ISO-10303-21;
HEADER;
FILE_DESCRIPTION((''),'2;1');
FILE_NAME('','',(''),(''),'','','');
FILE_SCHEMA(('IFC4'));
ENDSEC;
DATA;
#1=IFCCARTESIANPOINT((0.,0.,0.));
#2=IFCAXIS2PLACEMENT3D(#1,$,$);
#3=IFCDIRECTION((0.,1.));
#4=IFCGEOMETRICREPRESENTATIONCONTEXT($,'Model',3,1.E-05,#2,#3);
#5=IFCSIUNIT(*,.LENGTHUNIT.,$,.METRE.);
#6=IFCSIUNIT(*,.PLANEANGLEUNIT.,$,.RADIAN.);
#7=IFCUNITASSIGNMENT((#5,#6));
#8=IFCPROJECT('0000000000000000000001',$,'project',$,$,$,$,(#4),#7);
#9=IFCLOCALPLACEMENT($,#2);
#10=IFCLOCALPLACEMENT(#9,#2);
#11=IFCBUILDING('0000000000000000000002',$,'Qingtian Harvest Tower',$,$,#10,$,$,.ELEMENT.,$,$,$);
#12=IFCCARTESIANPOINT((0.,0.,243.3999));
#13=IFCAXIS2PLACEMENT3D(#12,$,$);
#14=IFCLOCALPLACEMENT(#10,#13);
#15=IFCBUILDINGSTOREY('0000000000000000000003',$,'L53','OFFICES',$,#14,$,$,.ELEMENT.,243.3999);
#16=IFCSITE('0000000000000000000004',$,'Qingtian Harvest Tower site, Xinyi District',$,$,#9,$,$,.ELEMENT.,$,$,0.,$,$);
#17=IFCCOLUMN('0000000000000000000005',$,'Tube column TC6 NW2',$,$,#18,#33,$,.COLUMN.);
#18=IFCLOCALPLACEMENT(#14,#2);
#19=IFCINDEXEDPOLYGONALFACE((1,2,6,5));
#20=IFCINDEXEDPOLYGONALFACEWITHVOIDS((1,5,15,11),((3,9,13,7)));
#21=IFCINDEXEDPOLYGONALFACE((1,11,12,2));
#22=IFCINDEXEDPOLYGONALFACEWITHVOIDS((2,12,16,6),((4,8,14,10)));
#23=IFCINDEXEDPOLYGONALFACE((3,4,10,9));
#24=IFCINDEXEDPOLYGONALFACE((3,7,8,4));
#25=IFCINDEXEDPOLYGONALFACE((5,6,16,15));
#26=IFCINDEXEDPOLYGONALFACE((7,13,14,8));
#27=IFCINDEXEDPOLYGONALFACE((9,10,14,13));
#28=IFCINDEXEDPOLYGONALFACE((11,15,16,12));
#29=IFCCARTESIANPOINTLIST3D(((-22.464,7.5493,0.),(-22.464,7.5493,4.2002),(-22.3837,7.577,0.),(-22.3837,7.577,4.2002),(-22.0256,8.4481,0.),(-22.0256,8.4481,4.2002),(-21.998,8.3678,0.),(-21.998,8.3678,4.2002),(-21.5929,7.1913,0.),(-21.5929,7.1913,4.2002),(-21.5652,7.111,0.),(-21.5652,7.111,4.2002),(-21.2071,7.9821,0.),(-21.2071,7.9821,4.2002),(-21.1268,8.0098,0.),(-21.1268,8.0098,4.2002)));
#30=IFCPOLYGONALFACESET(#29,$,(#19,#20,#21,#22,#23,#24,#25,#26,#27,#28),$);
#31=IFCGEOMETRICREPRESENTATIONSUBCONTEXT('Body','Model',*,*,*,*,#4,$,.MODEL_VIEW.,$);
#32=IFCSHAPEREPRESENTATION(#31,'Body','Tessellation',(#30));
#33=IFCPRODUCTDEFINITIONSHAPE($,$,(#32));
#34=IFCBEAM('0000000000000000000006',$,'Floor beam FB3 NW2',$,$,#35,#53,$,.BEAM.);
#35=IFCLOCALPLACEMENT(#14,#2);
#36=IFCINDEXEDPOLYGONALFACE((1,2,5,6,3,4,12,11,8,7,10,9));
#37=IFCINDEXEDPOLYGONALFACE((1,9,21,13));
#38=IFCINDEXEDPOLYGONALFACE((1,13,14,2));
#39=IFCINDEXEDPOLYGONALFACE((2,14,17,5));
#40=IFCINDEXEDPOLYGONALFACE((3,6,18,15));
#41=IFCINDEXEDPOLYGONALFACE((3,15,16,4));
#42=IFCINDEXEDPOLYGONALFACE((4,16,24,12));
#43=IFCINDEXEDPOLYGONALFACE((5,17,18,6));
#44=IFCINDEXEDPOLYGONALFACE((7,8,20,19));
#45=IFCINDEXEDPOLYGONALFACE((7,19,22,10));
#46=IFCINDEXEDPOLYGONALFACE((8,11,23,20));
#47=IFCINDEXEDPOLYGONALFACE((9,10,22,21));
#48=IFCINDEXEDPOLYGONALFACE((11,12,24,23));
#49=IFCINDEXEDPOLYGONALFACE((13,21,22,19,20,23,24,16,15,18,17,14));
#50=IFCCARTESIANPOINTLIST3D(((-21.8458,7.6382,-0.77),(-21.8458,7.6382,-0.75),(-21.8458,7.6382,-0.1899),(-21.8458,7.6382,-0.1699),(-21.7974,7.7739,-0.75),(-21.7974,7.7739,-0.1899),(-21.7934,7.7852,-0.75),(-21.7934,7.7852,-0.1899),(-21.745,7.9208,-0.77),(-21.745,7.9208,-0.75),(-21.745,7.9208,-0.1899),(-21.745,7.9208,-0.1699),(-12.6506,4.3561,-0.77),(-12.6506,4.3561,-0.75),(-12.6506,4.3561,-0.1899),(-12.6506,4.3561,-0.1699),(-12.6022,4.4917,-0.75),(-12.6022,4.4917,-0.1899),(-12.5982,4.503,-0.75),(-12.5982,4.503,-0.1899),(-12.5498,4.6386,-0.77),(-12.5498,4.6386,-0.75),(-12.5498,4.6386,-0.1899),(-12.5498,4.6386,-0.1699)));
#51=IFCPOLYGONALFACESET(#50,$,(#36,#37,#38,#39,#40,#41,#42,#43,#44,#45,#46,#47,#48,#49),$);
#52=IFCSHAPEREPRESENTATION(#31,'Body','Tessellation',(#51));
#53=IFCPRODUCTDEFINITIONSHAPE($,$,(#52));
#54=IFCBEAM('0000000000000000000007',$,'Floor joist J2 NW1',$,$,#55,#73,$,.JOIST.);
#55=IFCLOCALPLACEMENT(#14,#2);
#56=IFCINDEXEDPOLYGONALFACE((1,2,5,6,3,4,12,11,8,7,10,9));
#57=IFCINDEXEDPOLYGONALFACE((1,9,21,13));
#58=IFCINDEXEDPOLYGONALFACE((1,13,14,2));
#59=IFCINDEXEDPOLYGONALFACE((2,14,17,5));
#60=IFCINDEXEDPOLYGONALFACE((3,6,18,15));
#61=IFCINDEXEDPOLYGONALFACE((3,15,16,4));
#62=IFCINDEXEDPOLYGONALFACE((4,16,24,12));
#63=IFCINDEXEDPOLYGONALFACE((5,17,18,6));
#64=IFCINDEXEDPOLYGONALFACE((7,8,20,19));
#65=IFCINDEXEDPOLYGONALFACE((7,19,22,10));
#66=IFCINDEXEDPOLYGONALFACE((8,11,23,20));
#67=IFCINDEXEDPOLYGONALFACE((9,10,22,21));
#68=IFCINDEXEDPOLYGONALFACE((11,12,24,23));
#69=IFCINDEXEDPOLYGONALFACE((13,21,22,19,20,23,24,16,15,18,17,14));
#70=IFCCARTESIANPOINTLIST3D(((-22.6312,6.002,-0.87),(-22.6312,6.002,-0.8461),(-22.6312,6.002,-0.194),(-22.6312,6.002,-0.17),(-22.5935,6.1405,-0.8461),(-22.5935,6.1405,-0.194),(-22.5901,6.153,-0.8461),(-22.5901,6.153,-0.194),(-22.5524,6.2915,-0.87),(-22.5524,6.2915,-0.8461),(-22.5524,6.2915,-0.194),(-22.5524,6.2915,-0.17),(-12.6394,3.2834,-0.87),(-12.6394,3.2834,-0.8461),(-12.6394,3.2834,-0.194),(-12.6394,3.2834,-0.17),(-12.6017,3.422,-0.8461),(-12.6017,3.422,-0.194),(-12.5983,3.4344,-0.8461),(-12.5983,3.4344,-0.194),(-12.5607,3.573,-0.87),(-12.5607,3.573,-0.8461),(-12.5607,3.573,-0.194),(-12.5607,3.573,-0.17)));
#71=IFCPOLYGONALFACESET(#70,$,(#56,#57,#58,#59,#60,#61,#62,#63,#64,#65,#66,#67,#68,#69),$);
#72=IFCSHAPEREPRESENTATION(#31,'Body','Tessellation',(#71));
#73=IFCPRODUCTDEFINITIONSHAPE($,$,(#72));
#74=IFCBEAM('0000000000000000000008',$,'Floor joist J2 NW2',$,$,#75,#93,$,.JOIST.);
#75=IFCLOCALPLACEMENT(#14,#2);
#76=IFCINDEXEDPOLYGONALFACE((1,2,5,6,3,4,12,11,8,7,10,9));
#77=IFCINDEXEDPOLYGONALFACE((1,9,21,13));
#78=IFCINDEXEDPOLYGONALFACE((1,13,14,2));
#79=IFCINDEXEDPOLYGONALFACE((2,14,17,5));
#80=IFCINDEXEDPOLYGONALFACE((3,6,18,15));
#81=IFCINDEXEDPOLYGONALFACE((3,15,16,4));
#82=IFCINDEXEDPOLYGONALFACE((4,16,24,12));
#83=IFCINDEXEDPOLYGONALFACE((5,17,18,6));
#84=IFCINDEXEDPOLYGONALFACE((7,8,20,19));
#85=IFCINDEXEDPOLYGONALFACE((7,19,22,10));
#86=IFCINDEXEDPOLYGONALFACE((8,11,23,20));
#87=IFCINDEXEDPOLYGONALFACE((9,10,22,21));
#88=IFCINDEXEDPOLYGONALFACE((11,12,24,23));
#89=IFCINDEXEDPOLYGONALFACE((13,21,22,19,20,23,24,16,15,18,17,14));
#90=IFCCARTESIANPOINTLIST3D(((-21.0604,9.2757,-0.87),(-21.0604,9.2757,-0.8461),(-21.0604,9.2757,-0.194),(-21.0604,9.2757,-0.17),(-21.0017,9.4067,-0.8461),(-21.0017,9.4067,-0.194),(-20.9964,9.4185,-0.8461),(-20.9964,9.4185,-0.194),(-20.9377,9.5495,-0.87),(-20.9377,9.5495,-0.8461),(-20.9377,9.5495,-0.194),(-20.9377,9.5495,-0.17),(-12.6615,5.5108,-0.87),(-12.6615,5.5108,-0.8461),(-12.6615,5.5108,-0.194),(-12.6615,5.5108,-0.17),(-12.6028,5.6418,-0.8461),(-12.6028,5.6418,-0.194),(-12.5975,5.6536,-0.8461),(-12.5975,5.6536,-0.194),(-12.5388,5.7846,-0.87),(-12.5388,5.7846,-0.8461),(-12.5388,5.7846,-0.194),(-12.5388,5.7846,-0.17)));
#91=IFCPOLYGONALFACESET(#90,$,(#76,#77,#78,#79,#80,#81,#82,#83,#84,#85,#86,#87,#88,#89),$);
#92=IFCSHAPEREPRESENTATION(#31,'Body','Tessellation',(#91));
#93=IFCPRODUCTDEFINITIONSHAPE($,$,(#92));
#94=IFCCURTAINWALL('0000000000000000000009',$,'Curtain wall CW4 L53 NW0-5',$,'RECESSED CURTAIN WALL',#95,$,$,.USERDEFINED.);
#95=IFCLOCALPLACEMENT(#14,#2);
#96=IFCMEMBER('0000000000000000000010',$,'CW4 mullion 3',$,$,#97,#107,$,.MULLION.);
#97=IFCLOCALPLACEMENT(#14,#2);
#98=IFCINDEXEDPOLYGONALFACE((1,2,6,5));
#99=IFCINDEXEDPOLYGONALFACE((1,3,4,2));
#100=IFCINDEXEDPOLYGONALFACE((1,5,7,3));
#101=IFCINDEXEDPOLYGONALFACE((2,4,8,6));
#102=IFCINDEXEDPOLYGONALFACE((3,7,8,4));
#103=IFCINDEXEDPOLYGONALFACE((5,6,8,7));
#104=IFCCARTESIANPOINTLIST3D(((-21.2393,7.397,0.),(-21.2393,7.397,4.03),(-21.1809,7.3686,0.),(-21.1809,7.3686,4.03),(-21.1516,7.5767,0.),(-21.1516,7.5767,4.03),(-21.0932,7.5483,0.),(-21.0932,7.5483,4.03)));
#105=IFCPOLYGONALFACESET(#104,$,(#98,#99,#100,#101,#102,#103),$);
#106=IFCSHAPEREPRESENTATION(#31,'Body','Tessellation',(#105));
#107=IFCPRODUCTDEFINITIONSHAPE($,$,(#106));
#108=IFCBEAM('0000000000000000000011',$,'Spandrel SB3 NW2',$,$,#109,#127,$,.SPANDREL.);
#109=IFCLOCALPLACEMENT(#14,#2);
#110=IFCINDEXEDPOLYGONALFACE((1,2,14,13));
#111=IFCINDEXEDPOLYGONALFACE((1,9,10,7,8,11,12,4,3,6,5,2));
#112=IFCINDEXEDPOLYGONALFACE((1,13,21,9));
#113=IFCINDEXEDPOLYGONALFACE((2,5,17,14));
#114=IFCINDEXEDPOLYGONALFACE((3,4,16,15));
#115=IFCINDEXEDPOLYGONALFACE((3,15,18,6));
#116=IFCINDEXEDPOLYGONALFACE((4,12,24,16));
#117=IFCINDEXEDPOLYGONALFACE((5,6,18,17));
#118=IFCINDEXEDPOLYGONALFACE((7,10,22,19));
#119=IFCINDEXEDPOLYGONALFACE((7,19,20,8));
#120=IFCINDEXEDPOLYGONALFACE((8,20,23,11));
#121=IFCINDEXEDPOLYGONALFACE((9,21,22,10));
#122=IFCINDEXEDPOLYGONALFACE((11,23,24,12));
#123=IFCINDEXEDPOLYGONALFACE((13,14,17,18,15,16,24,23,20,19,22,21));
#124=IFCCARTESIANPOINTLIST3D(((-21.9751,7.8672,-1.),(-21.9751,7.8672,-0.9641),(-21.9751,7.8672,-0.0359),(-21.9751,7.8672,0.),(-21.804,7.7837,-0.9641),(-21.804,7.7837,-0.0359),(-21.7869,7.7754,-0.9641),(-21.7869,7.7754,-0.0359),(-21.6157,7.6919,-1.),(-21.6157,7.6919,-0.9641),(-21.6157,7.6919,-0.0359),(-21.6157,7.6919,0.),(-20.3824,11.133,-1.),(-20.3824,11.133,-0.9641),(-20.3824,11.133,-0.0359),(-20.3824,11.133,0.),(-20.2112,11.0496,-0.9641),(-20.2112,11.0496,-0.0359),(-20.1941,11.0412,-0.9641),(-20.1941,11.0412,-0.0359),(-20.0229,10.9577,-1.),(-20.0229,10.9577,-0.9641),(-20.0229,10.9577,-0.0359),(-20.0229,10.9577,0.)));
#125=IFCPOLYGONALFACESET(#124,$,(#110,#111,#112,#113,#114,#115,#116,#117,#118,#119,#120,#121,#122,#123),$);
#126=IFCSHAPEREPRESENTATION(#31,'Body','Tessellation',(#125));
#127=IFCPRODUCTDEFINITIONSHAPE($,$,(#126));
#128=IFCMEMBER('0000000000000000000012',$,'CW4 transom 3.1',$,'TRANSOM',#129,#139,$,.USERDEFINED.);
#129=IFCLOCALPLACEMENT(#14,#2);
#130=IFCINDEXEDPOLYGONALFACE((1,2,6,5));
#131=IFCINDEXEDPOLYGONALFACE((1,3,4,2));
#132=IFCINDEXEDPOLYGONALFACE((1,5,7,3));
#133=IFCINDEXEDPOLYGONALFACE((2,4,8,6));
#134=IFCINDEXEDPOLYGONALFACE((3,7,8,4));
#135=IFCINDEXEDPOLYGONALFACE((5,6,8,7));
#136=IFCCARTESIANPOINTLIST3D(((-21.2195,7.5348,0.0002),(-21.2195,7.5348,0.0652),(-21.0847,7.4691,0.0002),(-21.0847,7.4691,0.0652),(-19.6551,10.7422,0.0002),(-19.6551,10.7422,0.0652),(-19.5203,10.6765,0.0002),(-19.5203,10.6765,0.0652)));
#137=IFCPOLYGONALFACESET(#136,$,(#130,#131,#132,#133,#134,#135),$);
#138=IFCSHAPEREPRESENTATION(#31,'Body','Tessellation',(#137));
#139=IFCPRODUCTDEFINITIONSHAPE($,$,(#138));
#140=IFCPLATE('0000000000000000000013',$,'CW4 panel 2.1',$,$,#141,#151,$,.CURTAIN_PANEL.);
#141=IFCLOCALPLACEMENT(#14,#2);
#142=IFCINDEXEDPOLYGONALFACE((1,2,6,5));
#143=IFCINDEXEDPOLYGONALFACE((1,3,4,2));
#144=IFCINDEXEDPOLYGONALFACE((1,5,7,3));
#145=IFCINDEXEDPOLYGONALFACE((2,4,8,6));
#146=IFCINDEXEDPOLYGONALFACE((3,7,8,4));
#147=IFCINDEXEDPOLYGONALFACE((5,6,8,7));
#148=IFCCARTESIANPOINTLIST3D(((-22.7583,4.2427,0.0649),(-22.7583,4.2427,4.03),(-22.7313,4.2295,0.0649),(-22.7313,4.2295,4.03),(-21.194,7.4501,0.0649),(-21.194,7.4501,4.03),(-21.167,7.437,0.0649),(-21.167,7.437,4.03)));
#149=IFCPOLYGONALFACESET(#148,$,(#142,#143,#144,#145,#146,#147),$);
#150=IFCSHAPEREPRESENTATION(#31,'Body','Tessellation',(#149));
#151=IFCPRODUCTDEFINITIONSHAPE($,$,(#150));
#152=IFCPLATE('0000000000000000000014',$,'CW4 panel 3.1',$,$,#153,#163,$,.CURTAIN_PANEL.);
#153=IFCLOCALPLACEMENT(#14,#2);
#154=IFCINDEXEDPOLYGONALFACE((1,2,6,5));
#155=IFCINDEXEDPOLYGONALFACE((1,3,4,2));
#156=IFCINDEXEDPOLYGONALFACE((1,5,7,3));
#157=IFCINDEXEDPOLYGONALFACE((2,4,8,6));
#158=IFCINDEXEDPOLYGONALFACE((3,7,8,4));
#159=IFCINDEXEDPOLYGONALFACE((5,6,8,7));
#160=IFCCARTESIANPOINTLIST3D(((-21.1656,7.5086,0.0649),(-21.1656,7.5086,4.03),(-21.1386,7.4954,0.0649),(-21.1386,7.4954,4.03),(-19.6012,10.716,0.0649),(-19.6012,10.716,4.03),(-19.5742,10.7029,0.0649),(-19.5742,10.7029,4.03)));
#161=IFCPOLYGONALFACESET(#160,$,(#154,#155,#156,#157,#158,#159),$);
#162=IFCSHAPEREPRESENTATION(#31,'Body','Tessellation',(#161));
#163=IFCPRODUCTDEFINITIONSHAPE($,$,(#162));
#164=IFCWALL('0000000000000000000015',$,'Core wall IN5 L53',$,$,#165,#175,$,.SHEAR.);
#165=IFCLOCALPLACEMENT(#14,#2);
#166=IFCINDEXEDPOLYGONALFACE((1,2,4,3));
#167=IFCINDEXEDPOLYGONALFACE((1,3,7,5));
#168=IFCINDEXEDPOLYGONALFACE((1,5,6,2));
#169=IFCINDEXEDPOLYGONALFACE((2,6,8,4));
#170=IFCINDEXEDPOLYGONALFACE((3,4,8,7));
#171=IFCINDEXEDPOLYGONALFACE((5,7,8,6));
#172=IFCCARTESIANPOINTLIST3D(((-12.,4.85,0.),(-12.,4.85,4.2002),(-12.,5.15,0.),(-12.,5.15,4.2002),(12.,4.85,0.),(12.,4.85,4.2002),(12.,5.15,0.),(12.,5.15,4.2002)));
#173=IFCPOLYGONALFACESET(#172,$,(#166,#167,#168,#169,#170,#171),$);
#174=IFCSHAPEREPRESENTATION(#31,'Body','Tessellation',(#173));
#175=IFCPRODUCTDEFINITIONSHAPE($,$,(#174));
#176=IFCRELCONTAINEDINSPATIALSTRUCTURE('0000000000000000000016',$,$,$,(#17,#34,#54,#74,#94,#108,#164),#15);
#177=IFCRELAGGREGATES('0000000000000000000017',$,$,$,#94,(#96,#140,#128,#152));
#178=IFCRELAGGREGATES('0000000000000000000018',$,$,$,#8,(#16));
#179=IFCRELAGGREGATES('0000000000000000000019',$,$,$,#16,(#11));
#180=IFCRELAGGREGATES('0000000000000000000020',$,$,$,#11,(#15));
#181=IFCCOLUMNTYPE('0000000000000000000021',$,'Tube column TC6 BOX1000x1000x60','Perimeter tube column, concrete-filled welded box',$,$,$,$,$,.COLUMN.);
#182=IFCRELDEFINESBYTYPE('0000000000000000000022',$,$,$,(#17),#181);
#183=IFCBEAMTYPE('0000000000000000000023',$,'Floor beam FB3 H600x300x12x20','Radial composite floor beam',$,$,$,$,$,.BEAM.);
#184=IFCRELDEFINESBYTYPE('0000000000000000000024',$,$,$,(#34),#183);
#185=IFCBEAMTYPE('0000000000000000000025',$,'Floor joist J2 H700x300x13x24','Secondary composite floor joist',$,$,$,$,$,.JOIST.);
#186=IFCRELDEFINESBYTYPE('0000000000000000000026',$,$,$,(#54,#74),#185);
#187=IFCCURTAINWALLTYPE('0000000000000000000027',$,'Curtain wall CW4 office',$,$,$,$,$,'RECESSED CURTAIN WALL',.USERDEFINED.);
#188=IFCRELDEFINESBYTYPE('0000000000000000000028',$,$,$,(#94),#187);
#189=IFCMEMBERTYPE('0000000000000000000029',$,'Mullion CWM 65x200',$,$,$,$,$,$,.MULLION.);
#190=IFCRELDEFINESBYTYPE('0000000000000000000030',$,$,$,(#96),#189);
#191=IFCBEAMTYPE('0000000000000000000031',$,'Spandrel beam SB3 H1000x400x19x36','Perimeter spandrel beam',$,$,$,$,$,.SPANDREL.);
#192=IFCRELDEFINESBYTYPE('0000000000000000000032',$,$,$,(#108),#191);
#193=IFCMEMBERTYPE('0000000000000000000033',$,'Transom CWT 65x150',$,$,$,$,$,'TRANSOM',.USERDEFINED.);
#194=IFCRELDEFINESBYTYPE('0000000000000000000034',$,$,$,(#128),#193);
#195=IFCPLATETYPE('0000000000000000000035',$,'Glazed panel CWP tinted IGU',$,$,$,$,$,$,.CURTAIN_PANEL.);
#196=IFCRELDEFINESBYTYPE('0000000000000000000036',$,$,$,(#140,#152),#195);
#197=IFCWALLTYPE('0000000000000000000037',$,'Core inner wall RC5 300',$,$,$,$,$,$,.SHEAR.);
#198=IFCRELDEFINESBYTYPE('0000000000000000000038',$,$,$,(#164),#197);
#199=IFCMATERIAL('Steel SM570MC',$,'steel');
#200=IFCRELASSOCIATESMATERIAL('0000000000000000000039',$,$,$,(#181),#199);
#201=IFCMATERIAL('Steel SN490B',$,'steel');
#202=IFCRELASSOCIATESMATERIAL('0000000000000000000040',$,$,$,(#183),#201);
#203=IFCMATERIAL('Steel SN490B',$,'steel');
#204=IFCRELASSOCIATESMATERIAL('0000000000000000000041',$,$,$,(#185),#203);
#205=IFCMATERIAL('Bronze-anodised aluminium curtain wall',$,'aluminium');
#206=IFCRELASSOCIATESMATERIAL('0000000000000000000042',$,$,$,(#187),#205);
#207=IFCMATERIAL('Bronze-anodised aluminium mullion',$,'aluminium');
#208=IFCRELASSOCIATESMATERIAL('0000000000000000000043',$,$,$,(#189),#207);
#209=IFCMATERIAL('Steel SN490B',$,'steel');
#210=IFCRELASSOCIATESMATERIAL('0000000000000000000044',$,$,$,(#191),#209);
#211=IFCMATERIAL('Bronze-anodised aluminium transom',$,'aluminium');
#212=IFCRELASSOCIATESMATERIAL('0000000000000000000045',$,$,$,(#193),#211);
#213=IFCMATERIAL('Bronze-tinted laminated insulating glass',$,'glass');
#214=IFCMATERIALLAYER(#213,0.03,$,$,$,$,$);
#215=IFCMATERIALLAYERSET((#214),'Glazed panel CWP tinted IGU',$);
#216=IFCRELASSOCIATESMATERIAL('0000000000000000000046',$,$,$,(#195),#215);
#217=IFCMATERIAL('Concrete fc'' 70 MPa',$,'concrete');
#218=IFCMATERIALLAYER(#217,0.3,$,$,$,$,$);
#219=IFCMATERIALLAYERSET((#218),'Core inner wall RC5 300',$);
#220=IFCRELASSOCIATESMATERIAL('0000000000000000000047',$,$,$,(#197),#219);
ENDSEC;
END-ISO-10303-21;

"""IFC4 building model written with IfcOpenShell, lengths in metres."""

from ifc_helpers import new_model, si_unit, direction, frame, frame_2d, origin, origin_2d, place, context, subcontext, project, spatial, rectangle, hollow_rectangle, i_section, extrude, material, layer, layer_set, material_profile, profile_set, type_object, element, aggregate, save


model = new_model("IFC4")

# Units and contexts
model_context = context("Model", 3, precision=1e-05, world=origin(), true_north=direction((0.0, 1.0)))
body_context = subcontext(model_context, "Body", "Model", "MODEL_VIEW")
ifc_project = project(units=[si_unit("LENGTHUNIT", "METRE"), si_unit("PLANEANGLEUNIT", "RADIAN")], contexts=[model_context])

# Site, building, storey
site_placement = place(None, origin())
site = spatial("IfcSite", under=ifc_project, at=site_placement, Name="Qingtian Harvest Tower site, Xinyi District", CompositionType="ELEMENT", RefElevation=0.0)
building_placement = place(site_placement, origin())
building = spatial("IfcBuilding", under=site, at=building_placement, Name="Qingtian Harvest Tower", CompositionType="ELEMENT")
storey_placement = place(building_placement, frame((0.0, 0.0, 243.3999)))
storey = spatial("IfcBuildingStorey", under=building, at=storey_placement, Name="L53", Description="OFFICES", CompositionType="ELEMENT", Elevation=243.3999)

# Column
ifc_material_1 = material(Name="Steel SM570MC", Category="steel")
ifc_material_profile_1 = material_profile(ifc_material_1, hollow_rectangle(XDim=1.0, YDim=1.0, WallThickness=0.0601, at=origin_2d()), Name="BOX1000x1000x60")
ifc_profile_set_1 = profile_set([ifc_material_profile_1], Name="Steel SM570MC")
column_type = type_object("IfcColumnType", Name="Tube column TC6 BOX1000x1000x60", Description="Perimeter tube column, concrete-filled welded box", PredefinedType="COLUMN", material=ifc_profile_set_1)
column_placement = place(storey_placement, frame((-21.7954, 7.7795, 0.0), z_axis=(0.0, 0.0, 1.0), x_axis=(-0.438371, -0.898794, 0.0)))
element("IfcColumn", 1, at=column_placement, inside=storey, type_object=column_type, Name="Tube column TC6 NW2", PredefinedType="COLUMN", context=body_context, shape_type="SweptSolid", body=[
    extrude(hollow_rectangle(XDim=1.0, YDim=1.0, WallThickness=0.0601, at=origin_2d()), origin(), (0.0, 0.0, 1.0), 4.2002),
])

# Beams
ifc_material_2 = material(Name="Steel SN490B", Category="steel")
ifc_material_profile_2 = material_profile(ifc_material_2, i_section(OverallWidth=0.3, OverallDepth=0.6001, WebThickness=0.012, FlangeThickness=0.02, at=origin_2d()), Name="H600x300x12x20")
ifc_profile_set_2 = profile_set([ifc_material_profile_2], Name="Steel SN490B")
beam_type_1 = type_object("IfcBeamType", Name="Floor beam FB3 H600x300x12x20", Description="Radial composite floor beam", PredefinedType="BEAM", material=ifc_profile_set_2)
beam_1_placement = place(storey_placement, frame((-21.7954, 7.7795, -0.47), z_axis=(0.941801, -0.336172, 0.0), x_axis=(0.336172, 0.941801, 0.0)))
element("IfcBeam", 2, at=beam_1_placement, inside=storey, type_object=beam_type_1, Name="Floor beam FB3 NW2", PredefinedType="BEAM", context=body_context, shape_type="SweptSolid", body=[
    extrude(i_section(OverallWidth=0.3, OverallDepth=0.6001, WebThickness=0.012, FlangeThickness=0.02, at=origin_2d()), origin(), (0.0, 0.0, 1.0), 9.7634),
])
ifc_material_3 = material(Name="Steel SN490B", Category="steel")
ifc_material_profile_3 = material_profile(ifc_material_3, i_section(OverallWidth=0.3, OverallDepth=0.7, WebThickness=0.0129, FlangeThickness=0.0239, at=origin_2d()), Name="H700x300x13x24")
ifc_profile_set_3 = profile_set([ifc_material_profile_3], Name="Steel SN490B")
beam_type_2 = type_object("IfcBeamType", Name="Floor joist J2 H700x300x13x24", Description="Secondary composite floor joist", PredefinedType="JOIST", material=ifc_profile_set_3)
beam_2_placement = place(storey_placement, frame((-22.5918, 6.1467, -0.52), z_axis=(0.964923, -0.262533, 0.0), x_axis=(0.262533, 0.964923, 0.0)))
element("IfcBeam", 3, at=beam_2_placement, inside=storey, type_object=beam_type_2, Name="Floor joist J2 NW1", PredefinedType="JOIST", context=body_context, shape_type="SweptSolid", body=[
    extrude(i_section(OverallWidth=0.3, OverallDepth=0.7, WebThickness=0.0129, FlangeThickness=0.0239, at=origin_2d()), origin(), (0.0, 0.0, 1.0), 10.355),
])
beam_3_placement = place(storey_placement, frame((-20.999, 9.4126, -0.52), z_axis=(0.912515, -0.409043, 0.0), x_axis=(0.409043, 0.912515, 0.0)))
element("IfcBeam", 4, at=beam_3_placement, inside=storey, type_object=beam_type_2, Name="Floor joist J2 NW2", PredefinedType="JOIST", context=body_context, shape_type="SweptSolid", body=[
    extrude(i_section(OverallWidth=0.3, OverallDepth=0.7, WebThickness=0.0129, FlangeThickness=0.0239, at=origin_2d()), origin(), (0.0, 0.0, 1.0), 9.2041),
])

# Curtain wall, member
ifc_material_4 = material(Name="Bronze-anodised aluminium curtain wall", Category="aluminium")
curtain_wall_type = type_object("IfcCurtainWallType", Name="Curtain wall CW4 office", ElementType="RECESSED CURTAIN WALL", PredefinedType="USERDEFINED", material=ifc_material_4)
curtain_wall_placement = place(storey_placement, origin())
curtain_wall = element("IfcCurtainWall", 5, at=curtain_wall_placement, inside=storey, type_object=curtain_wall_type, Name="Curtain wall CW4 L53 NW0-5", ObjectType="RECESSED CURTAIN WALL", PredefinedType="USERDEFINED")
ifc_material_5 = material(Name="Bronze-anodised aluminium mullion", Category="aluminium")
ifc_material_profile_4 = material_profile(ifc_material_5, rectangle(XDim=0.0649, YDim=0.2, at=origin_2d()), Name="AL 65x200")
ifc_profile_set_4 = profile_set([ifc_material_profile_4], Name="Bronze-anodised aluminium mullion")
member_type_1 = type_object("IfcMemberType", Name="Mullion CWM 65x200", PredefinedType="MULLION", material=ifc_profile_set_4)
member_1_placement = place(storey_placement, frame((-21.1663, 7.4727, 0.0), z_axis=(0.0, 0.0, 1.0), x_axis=(-0.898794, 0.438371, 0.0)))
member_1 = element("IfcMember", 6, at=member_1_placement, type_object=member_type_1, Name="CW4 mullion 3", PredefinedType="MULLION", context=body_context, shape_type="SweptSolid", body=[
    extrude(rectangle(XDim=0.0649, YDim=0.2, at=origin_2d()), origin(), (0.0, 0.0, 1.0), 4.03),
])

# Beam
ifc_material_6 = material(Name="Steel SN490B", Category="steel")
ifc_material_profile_5 = material_profile(ifc_material_6, i_section(OverallWidth=0.3999, OverallDepth=1.0, WebThickness=0.019, FlangeThickness=0.0359, at=origin_2d()), Name="H1000x400x19x36")
ifc_profile_set_5 = profile_set([ifc_material_profile_5], Name="Steel SN490B")
beam_type_3 = type_object("IfcBeamType", Name="Spandrel beam SB3 H1000x400x19x36", Description="Perimeter spandrel beam", PredefinedType="SPANDREL", material=ifc_profile_set_5)
beam_4_placement = place(storey_placement, frame((-21.7954, 7.7795, -0.5), z_axis=(0.438349, 0.898805, 0.0), x_axis=(-0.898805, 0.438349, 0.0)))
element("IfcBeam", 7, at=beam_4_placement, inside=storey, type_object=beam_type_3, Name="Spandrel SB3 NW2", PredefinedType="SPANDREL", context=body_context, shape_type="SweptSolid", body=[
    extrude(i_section(OverallWidth=0.3999, OverallDepth=1.0, WebThickness=0.019, FlangeThickness=0.0359, at=origin_2d()), origin(), (0.0, 0.0, 1.0), 3.6335),
])

# Member
ifc_material_7 = material(Name="Bronze-anodised aluminium transom", Category="aluminium")
ifc_material_profile_6 = material_profile(ifc_material_7, rectangle(XDim=0.1499, YDim=0.0649, at=origin_2d()), Name="AL 65x150")
ifc_profile_set_6 = profile_set([ifc_material_profile_6], Name="Bronze-anodised aluminium transom")
member_type_2 = type_object("IfcMemberType", Name="Transom CWT 65x150", ElementType="TRANSOM", PredefinedType="USERDEFINED", material=ifc_profile_set_6)
member_2_placement = place(storey_placement, frame((-21.1521, 7.502, 0.0327), z_axis=(0.438381, 0.898789, 0.0), x_axis=(-0.898789, 0.438381, 0.0)))
member_2 = element("IfcMember", 8, at=member_2_placement, type_object=member_type_2, Name="CW4 transom 3.1", ObjectType="TRANSOM", PredefinedType="USERDEFINED", context=body_context, shape_type="SweptSolid", body=[
    extrude(rectangle(XDim=0.1499, YDim=0.0649, at=origin_2d()), origin(), (0.0, 0.0, 1.0), 3.5686),
])

# Plates
ifc_material_8 = material(Name="Bronze-tinted laminated insulating glass", Category="glass")
ifc_layer_1 = layer(ifc_material_8, 0.03)
ifc_layer_set_1 = layer_set([ifc_layer_1], Name="Glazed panel CWP tinted IGU")
plate_type = type_object("IfcPlateType", Name="Glazed panel CWP tinted IGU", PredefinedType="CURTAIN_PANEL", material=ifc_layer_set_1)
plate_1_placement = place(storey_placement, frame((-21.9626, 5.8398, 0.0649), z_axis=(0.0, 0.0, 1.0), x_axis=(0.438371, 0.898794, 0.0)))
plate_1 = element("IfcPlate", 9, at=plate_1_placement, type_object=plate_type, Name="CW4 panel 2.1", PredefinedType="CURTAIN_PANEL", context=body_context, shape_type="SweptSolid", body=[
    extrude(rectangle(XDim=3.5686, YDim=0.03, at=origin_2d()), origin(), (0.0, 0.0, 1.0), 3.9651),
])
plate_2_placement = place(storey_placement, frame((-20.3699, 9.1057, 0.0649), z_axis=(0.0, 0.0, 1.0), x_axis=(0.438371, 0.898794, 0.0)))
plate_2 = element("IfcPlate", 10, at=plate_2_placement, type_object=plate_type, Name="CW4 panel 3.1", PredefinedType="CURTAIN_PANEL", context=body_context, shape_type="SweptSolid", body=[
    extrude(rectangle(XDim=3.5686, YDim=0.03, at=origin_2d()), origin(), (0.0, 0.0, 1.0), 3.9651),
])
aggregate(curtain_wall, [member_1, plate_1, member_2, plate_2])

# Wall
ifc_material_9 = material(Name="Concrete fc' 70 MPa", Category="concrete")
ifc_layer_2 = layer(ifc_material_9, 0.3)
ifc_layer_set_2 = layer_set([ifc_layer_2], Name="Core inner wall RC5 300")
wall_type_1 = type_object("IfcWallType", Name="Core inner wall RC5 300", PredefinedType="SHEAR", material=ifc_layer_set_2)
wall_1_placement = place(storey_placement, frame((-12.0, 5.0, 0.0), z_axis=(0.0, 0.0, 1.0), x_axis=(1.0, 0.0, 0.0)))
element("IfcWall", 11, at=wall_1_placement, inside=storey, type_object=wall_type_1, Name="Core wall IN5 L53", PredefinedType="SHEAR", context=body_context, shape_type="SweptSolid", body=[
    extrude(rectangle(XDim=24.0, YDim=0.3, at=frame_2d((12.0, 0.0))), origin(), (0.0, 0.0, 1.0), 4.2002),
])

save(model, "model.ifc")
